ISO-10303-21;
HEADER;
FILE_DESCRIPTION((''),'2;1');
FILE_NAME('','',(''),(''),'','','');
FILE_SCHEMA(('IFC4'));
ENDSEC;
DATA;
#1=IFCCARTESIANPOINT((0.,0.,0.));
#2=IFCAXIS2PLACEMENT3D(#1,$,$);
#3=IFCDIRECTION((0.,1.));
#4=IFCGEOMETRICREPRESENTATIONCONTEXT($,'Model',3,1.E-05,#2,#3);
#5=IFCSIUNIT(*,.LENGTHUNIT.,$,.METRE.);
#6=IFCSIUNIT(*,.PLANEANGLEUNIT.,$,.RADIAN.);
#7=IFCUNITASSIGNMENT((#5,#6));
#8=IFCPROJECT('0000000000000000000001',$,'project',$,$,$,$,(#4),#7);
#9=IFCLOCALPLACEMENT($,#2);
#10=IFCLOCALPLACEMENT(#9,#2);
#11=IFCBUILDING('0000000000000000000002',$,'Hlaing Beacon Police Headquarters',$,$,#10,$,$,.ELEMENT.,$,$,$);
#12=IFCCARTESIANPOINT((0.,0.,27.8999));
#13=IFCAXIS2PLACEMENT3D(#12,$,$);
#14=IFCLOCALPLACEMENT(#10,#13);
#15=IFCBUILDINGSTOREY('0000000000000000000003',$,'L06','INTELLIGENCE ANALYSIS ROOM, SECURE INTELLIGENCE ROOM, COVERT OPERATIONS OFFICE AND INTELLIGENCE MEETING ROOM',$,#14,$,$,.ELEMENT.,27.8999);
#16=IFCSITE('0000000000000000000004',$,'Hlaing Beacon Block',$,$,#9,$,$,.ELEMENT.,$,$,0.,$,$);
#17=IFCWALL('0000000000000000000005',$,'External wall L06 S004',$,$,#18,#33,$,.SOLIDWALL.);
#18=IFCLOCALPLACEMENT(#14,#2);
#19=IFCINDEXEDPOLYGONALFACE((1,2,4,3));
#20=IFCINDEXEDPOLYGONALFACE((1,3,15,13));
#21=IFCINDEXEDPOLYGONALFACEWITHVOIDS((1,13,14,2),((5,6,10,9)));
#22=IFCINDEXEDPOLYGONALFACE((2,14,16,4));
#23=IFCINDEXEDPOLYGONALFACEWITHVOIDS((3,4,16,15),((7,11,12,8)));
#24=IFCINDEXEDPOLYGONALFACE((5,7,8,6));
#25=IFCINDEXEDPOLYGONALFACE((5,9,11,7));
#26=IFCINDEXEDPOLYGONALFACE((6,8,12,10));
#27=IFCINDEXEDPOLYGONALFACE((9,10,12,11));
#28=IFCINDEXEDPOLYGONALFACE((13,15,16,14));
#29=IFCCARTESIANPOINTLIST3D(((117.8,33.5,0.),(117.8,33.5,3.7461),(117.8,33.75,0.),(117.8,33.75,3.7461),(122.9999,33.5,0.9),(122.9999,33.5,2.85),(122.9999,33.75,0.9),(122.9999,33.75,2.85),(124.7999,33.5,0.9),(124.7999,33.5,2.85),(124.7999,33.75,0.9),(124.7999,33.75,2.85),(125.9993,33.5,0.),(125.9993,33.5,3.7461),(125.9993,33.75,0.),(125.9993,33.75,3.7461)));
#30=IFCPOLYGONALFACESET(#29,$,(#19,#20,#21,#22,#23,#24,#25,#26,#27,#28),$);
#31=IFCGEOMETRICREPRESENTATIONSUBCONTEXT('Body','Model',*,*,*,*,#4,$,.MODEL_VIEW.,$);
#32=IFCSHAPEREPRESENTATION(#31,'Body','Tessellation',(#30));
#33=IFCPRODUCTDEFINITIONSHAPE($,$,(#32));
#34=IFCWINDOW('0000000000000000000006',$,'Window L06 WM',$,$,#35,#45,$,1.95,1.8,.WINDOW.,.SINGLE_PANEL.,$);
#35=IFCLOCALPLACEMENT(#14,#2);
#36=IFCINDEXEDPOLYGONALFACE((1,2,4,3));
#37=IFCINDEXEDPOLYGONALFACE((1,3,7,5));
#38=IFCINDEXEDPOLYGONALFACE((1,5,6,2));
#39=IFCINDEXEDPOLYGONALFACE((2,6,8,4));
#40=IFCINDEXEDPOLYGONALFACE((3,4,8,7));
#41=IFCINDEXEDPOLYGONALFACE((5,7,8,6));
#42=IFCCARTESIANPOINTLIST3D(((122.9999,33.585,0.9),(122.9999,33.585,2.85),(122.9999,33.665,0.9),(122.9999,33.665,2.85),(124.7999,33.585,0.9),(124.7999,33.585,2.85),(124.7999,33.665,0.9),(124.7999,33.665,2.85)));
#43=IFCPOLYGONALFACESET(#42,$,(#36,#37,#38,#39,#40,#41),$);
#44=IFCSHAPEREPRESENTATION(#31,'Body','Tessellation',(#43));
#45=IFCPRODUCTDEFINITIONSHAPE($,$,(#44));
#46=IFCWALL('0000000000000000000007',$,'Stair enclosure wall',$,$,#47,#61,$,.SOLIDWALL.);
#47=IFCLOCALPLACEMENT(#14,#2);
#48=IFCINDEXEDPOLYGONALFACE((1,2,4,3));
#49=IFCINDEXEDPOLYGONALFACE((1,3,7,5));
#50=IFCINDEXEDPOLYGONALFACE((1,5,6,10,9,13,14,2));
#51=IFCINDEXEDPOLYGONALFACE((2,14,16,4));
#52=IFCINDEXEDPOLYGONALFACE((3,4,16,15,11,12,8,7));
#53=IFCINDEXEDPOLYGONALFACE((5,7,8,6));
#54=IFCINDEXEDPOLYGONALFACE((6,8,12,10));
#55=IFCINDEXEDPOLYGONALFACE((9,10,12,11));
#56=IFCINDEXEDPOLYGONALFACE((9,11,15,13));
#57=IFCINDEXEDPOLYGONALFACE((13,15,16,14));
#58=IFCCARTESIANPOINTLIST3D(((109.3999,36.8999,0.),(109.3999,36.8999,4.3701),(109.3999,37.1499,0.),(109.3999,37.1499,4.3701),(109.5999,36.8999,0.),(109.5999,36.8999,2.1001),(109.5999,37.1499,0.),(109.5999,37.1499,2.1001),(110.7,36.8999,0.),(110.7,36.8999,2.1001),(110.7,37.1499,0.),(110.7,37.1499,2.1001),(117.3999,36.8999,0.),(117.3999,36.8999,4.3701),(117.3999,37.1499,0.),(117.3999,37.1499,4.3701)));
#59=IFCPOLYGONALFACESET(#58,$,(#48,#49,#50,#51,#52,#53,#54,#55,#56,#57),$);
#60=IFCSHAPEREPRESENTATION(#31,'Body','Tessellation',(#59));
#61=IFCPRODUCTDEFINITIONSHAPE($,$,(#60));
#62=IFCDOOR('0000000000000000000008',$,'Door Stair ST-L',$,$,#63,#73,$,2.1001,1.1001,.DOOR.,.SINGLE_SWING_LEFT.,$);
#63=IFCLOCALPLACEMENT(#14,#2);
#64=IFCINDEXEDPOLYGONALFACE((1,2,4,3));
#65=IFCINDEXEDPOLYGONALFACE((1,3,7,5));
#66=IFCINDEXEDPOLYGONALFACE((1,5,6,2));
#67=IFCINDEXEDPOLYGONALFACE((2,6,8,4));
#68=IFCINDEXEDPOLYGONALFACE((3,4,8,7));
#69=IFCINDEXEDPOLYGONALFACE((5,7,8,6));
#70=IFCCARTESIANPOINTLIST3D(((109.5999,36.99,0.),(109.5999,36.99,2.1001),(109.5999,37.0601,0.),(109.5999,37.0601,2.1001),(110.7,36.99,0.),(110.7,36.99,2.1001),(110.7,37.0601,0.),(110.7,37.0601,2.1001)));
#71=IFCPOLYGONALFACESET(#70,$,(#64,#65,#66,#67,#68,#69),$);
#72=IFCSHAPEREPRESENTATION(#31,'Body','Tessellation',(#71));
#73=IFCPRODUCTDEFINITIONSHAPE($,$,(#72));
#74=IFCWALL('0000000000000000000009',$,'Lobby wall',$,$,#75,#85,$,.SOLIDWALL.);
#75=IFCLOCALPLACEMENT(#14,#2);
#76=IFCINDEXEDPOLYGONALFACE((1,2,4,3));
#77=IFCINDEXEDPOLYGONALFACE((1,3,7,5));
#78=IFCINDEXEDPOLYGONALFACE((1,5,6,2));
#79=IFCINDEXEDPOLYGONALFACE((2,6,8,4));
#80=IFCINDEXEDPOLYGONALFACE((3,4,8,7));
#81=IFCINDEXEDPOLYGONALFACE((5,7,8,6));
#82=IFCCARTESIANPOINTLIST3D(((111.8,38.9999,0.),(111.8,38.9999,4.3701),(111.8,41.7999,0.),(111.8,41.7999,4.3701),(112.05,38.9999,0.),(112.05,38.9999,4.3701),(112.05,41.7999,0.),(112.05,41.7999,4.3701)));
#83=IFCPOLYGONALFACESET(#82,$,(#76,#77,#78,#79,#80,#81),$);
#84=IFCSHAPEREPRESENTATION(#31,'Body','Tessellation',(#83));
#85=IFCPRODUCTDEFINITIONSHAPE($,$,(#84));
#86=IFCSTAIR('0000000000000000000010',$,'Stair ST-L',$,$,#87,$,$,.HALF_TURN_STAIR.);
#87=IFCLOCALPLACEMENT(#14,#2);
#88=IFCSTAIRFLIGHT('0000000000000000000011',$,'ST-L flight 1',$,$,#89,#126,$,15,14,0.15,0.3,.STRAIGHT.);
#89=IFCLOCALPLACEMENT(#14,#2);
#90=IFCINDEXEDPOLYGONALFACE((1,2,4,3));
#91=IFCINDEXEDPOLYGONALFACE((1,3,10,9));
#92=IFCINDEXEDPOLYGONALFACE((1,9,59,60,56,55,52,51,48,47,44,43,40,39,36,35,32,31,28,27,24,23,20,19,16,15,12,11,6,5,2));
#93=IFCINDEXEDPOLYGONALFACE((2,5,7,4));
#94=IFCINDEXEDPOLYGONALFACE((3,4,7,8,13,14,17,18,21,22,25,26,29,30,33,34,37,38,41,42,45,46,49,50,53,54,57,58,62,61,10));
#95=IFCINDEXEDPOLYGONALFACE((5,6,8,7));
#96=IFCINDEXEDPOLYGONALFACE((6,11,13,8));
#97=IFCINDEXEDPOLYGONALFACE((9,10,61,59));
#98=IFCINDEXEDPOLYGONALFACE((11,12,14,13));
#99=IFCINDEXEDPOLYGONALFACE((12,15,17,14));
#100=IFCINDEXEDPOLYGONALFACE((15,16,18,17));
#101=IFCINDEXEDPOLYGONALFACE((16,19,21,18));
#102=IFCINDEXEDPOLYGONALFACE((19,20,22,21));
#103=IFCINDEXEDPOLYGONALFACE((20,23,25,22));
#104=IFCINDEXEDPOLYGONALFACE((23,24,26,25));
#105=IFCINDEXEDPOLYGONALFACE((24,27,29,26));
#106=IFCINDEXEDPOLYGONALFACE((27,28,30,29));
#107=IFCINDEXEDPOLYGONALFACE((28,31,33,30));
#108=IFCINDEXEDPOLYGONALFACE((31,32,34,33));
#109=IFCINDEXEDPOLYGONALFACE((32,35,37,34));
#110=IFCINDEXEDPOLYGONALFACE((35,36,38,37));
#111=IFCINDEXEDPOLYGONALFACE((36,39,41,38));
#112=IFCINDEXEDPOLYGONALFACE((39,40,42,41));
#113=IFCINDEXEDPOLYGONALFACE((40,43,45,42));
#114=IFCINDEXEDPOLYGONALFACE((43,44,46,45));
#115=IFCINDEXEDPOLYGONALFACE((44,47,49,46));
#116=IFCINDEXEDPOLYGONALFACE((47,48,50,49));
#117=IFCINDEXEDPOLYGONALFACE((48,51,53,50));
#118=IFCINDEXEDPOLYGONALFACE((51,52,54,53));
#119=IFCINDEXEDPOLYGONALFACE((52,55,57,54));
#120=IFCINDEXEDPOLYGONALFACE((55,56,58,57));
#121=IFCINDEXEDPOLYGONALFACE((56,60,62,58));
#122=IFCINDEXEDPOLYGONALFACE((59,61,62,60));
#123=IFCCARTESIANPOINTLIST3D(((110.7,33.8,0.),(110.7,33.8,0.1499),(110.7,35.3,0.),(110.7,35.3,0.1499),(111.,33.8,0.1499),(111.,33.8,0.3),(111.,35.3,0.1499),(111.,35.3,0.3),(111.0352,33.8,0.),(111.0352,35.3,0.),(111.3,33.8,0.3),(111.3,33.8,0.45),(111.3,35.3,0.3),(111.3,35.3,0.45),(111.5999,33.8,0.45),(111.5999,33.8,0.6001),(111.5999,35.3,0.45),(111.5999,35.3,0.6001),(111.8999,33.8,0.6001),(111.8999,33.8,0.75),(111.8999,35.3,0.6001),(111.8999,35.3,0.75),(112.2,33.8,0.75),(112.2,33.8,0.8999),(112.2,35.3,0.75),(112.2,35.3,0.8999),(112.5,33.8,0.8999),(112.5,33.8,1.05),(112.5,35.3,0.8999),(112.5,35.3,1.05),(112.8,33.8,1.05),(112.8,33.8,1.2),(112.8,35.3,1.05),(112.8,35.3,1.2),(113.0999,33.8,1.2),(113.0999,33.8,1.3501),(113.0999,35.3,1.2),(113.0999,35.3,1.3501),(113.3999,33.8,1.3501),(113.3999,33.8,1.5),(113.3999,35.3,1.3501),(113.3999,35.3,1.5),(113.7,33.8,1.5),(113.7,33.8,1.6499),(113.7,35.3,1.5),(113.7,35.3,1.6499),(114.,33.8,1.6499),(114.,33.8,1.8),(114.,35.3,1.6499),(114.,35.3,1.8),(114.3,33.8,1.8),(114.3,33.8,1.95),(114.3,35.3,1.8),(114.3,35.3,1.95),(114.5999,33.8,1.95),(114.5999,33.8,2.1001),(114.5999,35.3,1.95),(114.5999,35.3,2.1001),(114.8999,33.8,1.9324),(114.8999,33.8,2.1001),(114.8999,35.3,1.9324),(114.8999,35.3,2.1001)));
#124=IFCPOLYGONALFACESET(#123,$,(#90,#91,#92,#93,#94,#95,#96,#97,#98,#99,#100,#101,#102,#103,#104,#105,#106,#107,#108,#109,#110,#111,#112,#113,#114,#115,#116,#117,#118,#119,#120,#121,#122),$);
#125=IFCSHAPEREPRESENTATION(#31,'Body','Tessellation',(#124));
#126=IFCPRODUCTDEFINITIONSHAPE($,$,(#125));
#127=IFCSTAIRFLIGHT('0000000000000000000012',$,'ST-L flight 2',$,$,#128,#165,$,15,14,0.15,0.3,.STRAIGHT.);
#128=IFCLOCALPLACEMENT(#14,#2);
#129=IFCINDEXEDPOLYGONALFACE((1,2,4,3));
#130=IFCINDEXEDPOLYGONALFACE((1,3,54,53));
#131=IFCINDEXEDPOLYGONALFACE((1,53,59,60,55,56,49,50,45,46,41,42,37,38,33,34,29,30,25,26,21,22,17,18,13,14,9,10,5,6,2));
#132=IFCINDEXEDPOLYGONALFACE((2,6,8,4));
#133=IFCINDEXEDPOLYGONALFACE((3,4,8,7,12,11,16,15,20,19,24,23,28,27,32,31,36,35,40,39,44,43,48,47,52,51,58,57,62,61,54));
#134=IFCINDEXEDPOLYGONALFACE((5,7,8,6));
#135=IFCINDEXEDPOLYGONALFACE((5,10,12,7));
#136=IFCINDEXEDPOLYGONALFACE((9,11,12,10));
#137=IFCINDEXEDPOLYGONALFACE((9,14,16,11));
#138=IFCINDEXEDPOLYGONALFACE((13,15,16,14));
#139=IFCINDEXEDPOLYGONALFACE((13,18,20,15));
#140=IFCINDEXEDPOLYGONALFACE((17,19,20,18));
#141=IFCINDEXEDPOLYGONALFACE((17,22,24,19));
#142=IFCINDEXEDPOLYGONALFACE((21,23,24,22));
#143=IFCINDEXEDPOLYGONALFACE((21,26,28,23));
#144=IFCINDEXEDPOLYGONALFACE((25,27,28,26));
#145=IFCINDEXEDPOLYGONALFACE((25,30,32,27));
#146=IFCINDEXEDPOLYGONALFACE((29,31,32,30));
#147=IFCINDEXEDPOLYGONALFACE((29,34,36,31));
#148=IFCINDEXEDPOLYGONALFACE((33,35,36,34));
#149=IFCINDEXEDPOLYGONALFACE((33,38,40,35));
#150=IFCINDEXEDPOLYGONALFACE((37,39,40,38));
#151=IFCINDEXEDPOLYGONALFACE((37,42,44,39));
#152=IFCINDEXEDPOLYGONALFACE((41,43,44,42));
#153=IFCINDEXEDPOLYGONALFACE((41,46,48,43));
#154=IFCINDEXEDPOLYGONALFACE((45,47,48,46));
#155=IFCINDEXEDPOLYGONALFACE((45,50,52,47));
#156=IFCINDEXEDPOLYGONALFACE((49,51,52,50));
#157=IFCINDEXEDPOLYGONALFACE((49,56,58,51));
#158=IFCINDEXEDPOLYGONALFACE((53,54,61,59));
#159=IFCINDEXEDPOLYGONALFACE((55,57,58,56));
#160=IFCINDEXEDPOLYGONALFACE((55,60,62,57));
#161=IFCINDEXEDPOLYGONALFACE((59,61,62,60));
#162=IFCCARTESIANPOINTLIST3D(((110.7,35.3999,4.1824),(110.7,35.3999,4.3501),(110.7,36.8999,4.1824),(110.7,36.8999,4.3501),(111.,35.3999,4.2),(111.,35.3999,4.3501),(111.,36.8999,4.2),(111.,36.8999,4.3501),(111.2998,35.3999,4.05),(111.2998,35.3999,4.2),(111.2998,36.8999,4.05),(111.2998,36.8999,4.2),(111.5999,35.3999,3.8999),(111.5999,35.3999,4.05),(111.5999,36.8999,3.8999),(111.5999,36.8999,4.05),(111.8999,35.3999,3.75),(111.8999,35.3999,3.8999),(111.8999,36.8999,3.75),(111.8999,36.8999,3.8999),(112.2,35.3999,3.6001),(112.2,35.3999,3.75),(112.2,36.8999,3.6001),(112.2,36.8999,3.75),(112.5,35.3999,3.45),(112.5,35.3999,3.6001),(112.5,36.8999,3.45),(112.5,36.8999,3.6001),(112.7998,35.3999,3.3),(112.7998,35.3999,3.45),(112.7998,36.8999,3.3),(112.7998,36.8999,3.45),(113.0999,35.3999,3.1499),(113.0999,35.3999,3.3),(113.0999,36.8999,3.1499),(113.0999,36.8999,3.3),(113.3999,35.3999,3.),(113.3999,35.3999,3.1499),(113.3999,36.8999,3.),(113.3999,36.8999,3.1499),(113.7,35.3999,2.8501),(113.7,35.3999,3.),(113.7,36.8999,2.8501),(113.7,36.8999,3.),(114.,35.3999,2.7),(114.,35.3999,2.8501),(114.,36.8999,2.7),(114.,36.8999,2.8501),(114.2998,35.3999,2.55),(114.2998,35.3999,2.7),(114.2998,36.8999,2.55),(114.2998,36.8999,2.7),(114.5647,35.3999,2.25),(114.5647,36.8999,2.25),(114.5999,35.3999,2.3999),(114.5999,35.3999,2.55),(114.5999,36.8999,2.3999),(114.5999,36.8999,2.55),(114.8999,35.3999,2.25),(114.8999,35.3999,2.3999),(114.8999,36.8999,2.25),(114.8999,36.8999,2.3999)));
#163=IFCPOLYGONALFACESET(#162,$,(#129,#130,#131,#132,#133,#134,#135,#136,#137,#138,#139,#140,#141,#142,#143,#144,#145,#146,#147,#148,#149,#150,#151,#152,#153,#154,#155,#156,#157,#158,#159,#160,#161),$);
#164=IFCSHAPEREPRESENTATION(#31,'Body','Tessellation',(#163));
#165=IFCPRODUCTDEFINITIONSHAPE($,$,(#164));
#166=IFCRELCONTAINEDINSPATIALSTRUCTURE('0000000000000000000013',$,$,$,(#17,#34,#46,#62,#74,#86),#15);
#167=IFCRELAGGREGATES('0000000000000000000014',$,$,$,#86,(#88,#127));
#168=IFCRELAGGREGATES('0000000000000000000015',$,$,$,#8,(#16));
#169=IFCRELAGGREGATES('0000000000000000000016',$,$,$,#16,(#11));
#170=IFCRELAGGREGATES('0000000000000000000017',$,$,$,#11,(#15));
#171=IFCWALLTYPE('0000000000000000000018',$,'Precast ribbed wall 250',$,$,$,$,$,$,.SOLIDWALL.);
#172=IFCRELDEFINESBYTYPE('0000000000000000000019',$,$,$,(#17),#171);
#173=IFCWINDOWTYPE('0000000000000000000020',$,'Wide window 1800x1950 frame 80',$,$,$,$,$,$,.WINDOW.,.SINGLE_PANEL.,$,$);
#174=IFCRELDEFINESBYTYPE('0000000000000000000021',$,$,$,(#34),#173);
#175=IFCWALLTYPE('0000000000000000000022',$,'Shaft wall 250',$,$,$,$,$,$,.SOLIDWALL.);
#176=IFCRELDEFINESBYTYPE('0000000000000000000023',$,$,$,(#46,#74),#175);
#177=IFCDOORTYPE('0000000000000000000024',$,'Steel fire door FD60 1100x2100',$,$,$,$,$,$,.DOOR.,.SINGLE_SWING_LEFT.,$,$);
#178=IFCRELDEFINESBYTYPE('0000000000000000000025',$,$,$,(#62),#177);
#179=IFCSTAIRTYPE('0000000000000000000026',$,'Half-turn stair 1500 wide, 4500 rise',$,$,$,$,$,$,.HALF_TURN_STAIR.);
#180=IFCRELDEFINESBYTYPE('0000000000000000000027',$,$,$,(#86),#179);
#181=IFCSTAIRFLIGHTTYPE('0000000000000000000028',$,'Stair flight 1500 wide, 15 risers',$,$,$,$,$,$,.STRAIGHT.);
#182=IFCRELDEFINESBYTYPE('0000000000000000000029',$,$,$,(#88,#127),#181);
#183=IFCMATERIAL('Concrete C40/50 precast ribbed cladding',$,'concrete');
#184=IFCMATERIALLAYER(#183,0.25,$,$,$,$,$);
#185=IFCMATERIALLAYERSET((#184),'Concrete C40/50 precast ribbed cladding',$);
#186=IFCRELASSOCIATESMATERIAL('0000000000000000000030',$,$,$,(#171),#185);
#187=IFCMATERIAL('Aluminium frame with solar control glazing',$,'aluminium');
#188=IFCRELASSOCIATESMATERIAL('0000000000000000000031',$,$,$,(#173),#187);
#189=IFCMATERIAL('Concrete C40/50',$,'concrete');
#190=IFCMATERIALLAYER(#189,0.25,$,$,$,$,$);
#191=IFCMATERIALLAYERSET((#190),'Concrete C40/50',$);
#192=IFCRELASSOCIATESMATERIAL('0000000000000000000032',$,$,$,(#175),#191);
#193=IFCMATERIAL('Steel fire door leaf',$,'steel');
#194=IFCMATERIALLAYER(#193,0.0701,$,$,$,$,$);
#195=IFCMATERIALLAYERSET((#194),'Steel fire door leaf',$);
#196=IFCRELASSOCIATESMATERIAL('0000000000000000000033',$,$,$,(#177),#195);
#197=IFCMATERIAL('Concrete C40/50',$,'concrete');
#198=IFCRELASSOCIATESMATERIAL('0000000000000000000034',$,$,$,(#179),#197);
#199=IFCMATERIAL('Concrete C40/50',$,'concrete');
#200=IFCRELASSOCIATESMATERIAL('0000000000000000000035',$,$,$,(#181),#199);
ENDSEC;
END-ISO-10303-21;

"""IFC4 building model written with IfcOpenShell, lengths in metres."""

from ifc_helpers import new_model, si_unit, direction, frame, frame_2d, origin, place, context, subcontext, project, spatial, polyline, rectangle, outline, extrude, material, layer, layer_set, type_object, element, fill, aggregate, save


model = new_model("IFC4")

# Units and contexts
model_context = context("Model", 3, precision=1e-05, world=origin(), true_north=direction((0.0, 1.0)))
body_context = subcontext(model_context, "Body", "Model", "MODEL_VIEW")
ifc_project = project(units=[si_unit("LENGTHUNIT", "METRE"), si_unit("PLANEANGLEUNIT", "RADIAN")], contexts=[model_context])

# Site, building, storey
site_placement = place(None, origin())
site = spatial("IfcSite", under=ifc_project, at=site_placement, Name="Hlaing Beacon Block", CompositionType="ELEMENT", RefElevation=0.0)
building_placement = place(site_placement, origin())
building = spatial("IfcBuilding", under=site, at=building_placement, Name="Hlaing Beacon Police Headquarters", CompositionType="ELEMENT")
storey_placement = place(building_placement, frame((0.0, 0.0, 27.8999)))
storey = spatial("IfcBuildingStorey", under=building, at=storey_placement, Name="L06", Description="INTELLIGENCE ANALYSIS ROOM, SECURE INTELLIGENCE ROOM, COVERT OPERATIONS OFFICE AND INTELLIGENCE MEETING ROOM", CompositionType="ELEMENT", Elevation=27.8999)

# Wall, opening, window
ifc_material_1 = material(Name="Concrete C40/50 precast ribbed cladding", Category="concrete")
ifc_layer_1 = layer(ifc_material_1, 0.25)
ifc_layer_set_1 = layer_set([ifc_layer_1], Name="Concrete C40/50 precast ribbed cladding")
wall_type_1 = type_object("IfcWallType", Name="Precast ribbed wall 250", PredefinedType="SOLIDWALL", material=ifc_layer_set_1)
wall_1_placement = place(storey_placement, frame((117.8, 33.625, 0.0), z_axis=(0.0, 0.0, 1.0), x_axis=(1.0, 0.0, 0.0)))
wall_1 = element("IfcWall", 1, at=wall_1_placement, inside=storey, type_object=wall_type_1, Name="External wall L06 S004", PredefinedType="SOLIDWALL", context=body_context, shape_type="SweptSolid", body=[
    extrude(rectangle(XDim=8.1992, YDim=0.25, at=frame_2d((4.0996, 0.0))), origin(), (0.0, 0.0, 1.0), 3.7461),
])
opening_1_placement = place(wall_1_placement, frame((5.2, 0.0, 0.8999)))
opening_1 = element("IfcOpeningElement", 2, at=opening_1_placement, cuts=wall_1, PredefinedType="OPENING", context=body_context, shape_type="SweptSolid", body=[
    extrude(rectangle(XDim=1.8, YDim=1.95, at=frame_2d((0.8999, 0.9751))), frame((0.0, 0.135, 0.0), z_axis=(0.0, -1.0, 0.0), x_axis=(1.0, 0.0, 0.0)), (0.0, 0.0, 1.0), 0.27),
])
ifc_material_2 = material(Name="Aluminium frame with solar control glazing", Category="aluminium")
window_type = type_object("IfcWindowType", Name="Wide window 1800x1950 frame 80", PartitioningType="SINGLE_PANEL", PredefinedType="WINDOW", material=ifc_material_2)
window_placement = place(opening_1_placement, origin())
window = element("IfcWindow", 3, at=window_placement, inside=storey, type_object=window_type, Name="Window L06 WM", OverallHeight=1.95, OverallWidth=1.8, PartitioningType="SINGLE_PANEL", PredefinedType="WINDOW", context=body_context, shape_type="SweptSolid", body=[
    extrude(rectangle(XDim=1.8, YDim=1.95, at=frame_2d((0.8999, 0.9751))), frame((0.0, 0.04, 0.0), z_axis=(0.0, -1.0, 0.0), x_axis=(1.0, 0.0, 0.0)), (0.0, 0.0, 1.0), 0.0801),
])
fill(opening_1, window)

# Wall, opening, door
ifc_material_3 = material(Name="Concrete C40/50", Category="concrete")
ifc_layer_2 = layer(ifc_material_3, 0.25)
ifc_layer_set_2 = layer_set([ifc_layer_2], Name="Concrete C40/50")
wall_type_2 = type_object("IfcWallType", Name="Shaft wall 250", PredefinedType="SOLIDWALL", material=ifc_layer_set_2)
wall_2_placement = place(storey_placement, frame((109.3999, 37.0249, 0.0), z_axis=(0.0, 0.0, 1.0), x_axis=(1.0, 0.0, 0.0)))
wall_2 = element("IfcWall", 4, at=wall_2_placement, inside=storey, type_object=wall_type_2, Name="Stair enclosure wall", PredefinedType="SOLIDWALL", context=body_context, shape_type="SweptSolid", body=[
    extrude(rectangle(XDim=8.0, YDim=0.25, at=frame_2d((4.0, 0.0))), origin(), (0.0, 0.0, 1.0), 4.3701),
])
opening_2_placement = place(wall_2_placement, frame((0.2, 0.0, 0.0)))
opening_2 = element("IfcOpeningElement", 5, at=opening_2_placement, cuts=wall_2, PredefinedType="OPENING", context=body_context, shape_type="SweptSolid", body=[
    extrude(rectangle(XDim=1.1001, YDim=2.1001, at=frame_2d((0.55, 1.05))), frame((0.0, 0.135, 0.0), z_axis=(0.0, -1.0, 0.0), x_axis=(1.0, 0.0, 0.0)), (0.0, 0.0, 1.0), 0.27),
])
ifc_material_4 = material(Name="Steel fire door leaf", Category="steel")
ifc_layer_3 = layer(ifc_material_4, 0.0701)
ifc_layer_set_3 = layer_set([ifc_layer_3], Name="Steel fire door leaf")
door_type_1 = type_object("IfcDoorType", Name="Steel fire door FD60 1100x2100", OperationType="SINGLE_SWING_LEFT", PredefinedType="DOOR", material=ifc_layer_set_3)
door_1_placement = place(opening_2_placement, frame((1.1001, 0.0, 0.0), z_axis=(0.0, 0.0, 1.0), x_axis=(-1.0, 0.0, 0.0)))
door_1 = element("IfcDoor", 6, at=door_1_placement, inside=storey, type_object=door_type_1, Name="Door Stair ST-L", OperationType="SINGLE_SWING_LEFT", OverallHeight=2.1001, OverallWidth=1.1001, PredefinedType="DOOR", context=body_context, shape_type="SweptSolid", body=[
    extrude(rectangle(XDim=1.1001, YDim=2.1001, at=frame_2d((0.55, 1.05))), frame((0.0, 0.0349, 0.0), z_axis=(0.0, -1.0, 0.0), x_axis=(1.0, 0.0, 0.0)), (0.0, 0.0, 1.0), 0.0701),
])
fill(opening_2, door_1)

# Wall
wall_3_placement = place(storey_placement, frame((111.925, 39.0, 0.0), z_axis=(0.0, 0.0, 1.0), x_axis=(0.0, 1.0, 0.0)))
element("IfcWall", 7, at=wall_3_placement, inside=storey, type_object=wall_type_2, Name="Lobby wall", PredefinedType="SOLIDWALL", context=body_context, shape_type="SweptSolid", body=[
    extrude(rectangle(XDim=2.8, YDim=0.25, at=frame_2d((1.3999, 0.0))), origin(), (0.0, 0.0, 1.0), 4.3701),
])

# Stair, stair flights
ifc_material_5 = material(Name="Concrete C40/50", Category="concrete")
stair_type = type_object("IfcStairType", Name="Half-turn stair 1500 wide, 4500 rise", PredefinedType="HALF_TURN_STAIR", material=ifc_material_5)
stair_placement = place(storey_placement, origin())
stair = element("IfcStair", 8, at=stair_placement, inside=storey, type_object=stair_type, Name="Stair ST-L", PredefinedType="HALF_TURN_STAIR")
ifc_material_6 = material(Name="Concrete C40/50", Category="concrete")
stair_flight_type = type_object("IfcStairFlightType", Name="Stair flight 1500 wide, 15 risers", PredefinedType="STRAIGHT", material=ifc_material_6)
stair_flight_1_placement = place(storey_placement, frame((110.7, 34.55, 0.0), z_axis=(0.0, 0.0, 1.0), x_axis=(1.0, 0.0, 0.0)))
stair_flight_1 = element("IfcStairFlight", 9, at=stair_flight_1_placement, type_object=stair_flight_type, Name="ST-L flight 1", NumberOfRisers=15, NumberOfTreads=14, PredefinedType="STRAIGHT", RiserHeight=0.15, TreadLength=0.3, context=body_context, shape_type="SweptSolid", body=[
    extrude(outline(polyline([(0.0, 0.0), (0.0, 0.1499), (0.3, 0.1499), (0.3, 0.3), (0.6001, 0.3), (0.6001, 0.45), (0.8999, 0.45), (0.8999, 0.6001), (1.2, 0.6001), (1.2, 0.75), (1.5, 0.75), (1.5, 0.8999), (1.8, 0.8999), (1.8, 1.05), (2.1001, 1.05), (2.1001, 1.2), (2.3999, 1.2), (2.3999, 1.3501), (2.7, 1.3501), (2.7, 1.5), (3.0, 1.5), (3.0, 1.6499), (3.3, 1.6499), (3.3, 1.8), (3.6001, 1.8), (3.6001, 1.95), (3.8999, 1.95), (3.8999, 2.1001), (4.2, 2.1001), (4.2, 2.25), (4.2, 1.9324), (0.3352, 0.0), (0.0, 0.0)])), frame((0.0, 0.75, 0.0), z_axis=(0.0, -1.0, 0.0), x_axis=(1.0, 0.0, 0.0)), (0.0, 0.0, 1.0), 1.5),
])
stair_flight_2_placement = place(storey_placement, frame((114.8999, 36.1499, 2.25), z_axis=(0.0, 0.0, 1.0), x_axis=(-1.0, 0.0, 0.0)))
stair_flight_2 = element("IfcStairFlight", 10, at=stair_flight_2_placement, type_object=stair_flight_type, Name="ST-L flight 2", NumberOfRisers=15, NumberOfTreads=14, PredefinedType="STRAIGHT", RiserHeight=0.15, TreadLength=0.3, context=body_context, shape_type="SweptSolid", body=[
    extrude(outline(polyline([(0.0, 0.0), (0.0, 0.1499), (0.3, 0.1499), (0.3, 0.3), (0.6001, 0.3), (0.6001, 0.45), (0.8999, 0.45), (0.8999, 0.6001), (1.2, 0.6001), (1.2, 0.75), (1.5, 0.75), (1.5, 0.8999), (1.8, 0.8999), (1.8, 1.05), (2.1001, 1.05), (2.1001, 1.2), (2.3999, 1.2), (2.3999, 1.3501), (2.7, 1.3501), (2.7, 1.5), (3.0, 1.5), (3.0, 1.6499), (3.3, 1.6499), (3.3, 1.8), (3.6001, 1.8), (3.6001, 1.95), (3.8999, 1.95), (3.8999, 2.1001), (4.2, 2.1001), (4.2, 2.25), (4.2, 1.9324), (0.3352, 0.0), (0.0, 0.0)])), frame((0.0, 0.75, 0.0), z_axis=(0.0, -1.0, 0.0), x_axis=(1.0, 0.0, 0.0)), (0.0, 0.0, 1.0), 1.5),
])
aggregate(stair, [stair_flight_1, stair_flight_2])

save(model, "model.ifc")
